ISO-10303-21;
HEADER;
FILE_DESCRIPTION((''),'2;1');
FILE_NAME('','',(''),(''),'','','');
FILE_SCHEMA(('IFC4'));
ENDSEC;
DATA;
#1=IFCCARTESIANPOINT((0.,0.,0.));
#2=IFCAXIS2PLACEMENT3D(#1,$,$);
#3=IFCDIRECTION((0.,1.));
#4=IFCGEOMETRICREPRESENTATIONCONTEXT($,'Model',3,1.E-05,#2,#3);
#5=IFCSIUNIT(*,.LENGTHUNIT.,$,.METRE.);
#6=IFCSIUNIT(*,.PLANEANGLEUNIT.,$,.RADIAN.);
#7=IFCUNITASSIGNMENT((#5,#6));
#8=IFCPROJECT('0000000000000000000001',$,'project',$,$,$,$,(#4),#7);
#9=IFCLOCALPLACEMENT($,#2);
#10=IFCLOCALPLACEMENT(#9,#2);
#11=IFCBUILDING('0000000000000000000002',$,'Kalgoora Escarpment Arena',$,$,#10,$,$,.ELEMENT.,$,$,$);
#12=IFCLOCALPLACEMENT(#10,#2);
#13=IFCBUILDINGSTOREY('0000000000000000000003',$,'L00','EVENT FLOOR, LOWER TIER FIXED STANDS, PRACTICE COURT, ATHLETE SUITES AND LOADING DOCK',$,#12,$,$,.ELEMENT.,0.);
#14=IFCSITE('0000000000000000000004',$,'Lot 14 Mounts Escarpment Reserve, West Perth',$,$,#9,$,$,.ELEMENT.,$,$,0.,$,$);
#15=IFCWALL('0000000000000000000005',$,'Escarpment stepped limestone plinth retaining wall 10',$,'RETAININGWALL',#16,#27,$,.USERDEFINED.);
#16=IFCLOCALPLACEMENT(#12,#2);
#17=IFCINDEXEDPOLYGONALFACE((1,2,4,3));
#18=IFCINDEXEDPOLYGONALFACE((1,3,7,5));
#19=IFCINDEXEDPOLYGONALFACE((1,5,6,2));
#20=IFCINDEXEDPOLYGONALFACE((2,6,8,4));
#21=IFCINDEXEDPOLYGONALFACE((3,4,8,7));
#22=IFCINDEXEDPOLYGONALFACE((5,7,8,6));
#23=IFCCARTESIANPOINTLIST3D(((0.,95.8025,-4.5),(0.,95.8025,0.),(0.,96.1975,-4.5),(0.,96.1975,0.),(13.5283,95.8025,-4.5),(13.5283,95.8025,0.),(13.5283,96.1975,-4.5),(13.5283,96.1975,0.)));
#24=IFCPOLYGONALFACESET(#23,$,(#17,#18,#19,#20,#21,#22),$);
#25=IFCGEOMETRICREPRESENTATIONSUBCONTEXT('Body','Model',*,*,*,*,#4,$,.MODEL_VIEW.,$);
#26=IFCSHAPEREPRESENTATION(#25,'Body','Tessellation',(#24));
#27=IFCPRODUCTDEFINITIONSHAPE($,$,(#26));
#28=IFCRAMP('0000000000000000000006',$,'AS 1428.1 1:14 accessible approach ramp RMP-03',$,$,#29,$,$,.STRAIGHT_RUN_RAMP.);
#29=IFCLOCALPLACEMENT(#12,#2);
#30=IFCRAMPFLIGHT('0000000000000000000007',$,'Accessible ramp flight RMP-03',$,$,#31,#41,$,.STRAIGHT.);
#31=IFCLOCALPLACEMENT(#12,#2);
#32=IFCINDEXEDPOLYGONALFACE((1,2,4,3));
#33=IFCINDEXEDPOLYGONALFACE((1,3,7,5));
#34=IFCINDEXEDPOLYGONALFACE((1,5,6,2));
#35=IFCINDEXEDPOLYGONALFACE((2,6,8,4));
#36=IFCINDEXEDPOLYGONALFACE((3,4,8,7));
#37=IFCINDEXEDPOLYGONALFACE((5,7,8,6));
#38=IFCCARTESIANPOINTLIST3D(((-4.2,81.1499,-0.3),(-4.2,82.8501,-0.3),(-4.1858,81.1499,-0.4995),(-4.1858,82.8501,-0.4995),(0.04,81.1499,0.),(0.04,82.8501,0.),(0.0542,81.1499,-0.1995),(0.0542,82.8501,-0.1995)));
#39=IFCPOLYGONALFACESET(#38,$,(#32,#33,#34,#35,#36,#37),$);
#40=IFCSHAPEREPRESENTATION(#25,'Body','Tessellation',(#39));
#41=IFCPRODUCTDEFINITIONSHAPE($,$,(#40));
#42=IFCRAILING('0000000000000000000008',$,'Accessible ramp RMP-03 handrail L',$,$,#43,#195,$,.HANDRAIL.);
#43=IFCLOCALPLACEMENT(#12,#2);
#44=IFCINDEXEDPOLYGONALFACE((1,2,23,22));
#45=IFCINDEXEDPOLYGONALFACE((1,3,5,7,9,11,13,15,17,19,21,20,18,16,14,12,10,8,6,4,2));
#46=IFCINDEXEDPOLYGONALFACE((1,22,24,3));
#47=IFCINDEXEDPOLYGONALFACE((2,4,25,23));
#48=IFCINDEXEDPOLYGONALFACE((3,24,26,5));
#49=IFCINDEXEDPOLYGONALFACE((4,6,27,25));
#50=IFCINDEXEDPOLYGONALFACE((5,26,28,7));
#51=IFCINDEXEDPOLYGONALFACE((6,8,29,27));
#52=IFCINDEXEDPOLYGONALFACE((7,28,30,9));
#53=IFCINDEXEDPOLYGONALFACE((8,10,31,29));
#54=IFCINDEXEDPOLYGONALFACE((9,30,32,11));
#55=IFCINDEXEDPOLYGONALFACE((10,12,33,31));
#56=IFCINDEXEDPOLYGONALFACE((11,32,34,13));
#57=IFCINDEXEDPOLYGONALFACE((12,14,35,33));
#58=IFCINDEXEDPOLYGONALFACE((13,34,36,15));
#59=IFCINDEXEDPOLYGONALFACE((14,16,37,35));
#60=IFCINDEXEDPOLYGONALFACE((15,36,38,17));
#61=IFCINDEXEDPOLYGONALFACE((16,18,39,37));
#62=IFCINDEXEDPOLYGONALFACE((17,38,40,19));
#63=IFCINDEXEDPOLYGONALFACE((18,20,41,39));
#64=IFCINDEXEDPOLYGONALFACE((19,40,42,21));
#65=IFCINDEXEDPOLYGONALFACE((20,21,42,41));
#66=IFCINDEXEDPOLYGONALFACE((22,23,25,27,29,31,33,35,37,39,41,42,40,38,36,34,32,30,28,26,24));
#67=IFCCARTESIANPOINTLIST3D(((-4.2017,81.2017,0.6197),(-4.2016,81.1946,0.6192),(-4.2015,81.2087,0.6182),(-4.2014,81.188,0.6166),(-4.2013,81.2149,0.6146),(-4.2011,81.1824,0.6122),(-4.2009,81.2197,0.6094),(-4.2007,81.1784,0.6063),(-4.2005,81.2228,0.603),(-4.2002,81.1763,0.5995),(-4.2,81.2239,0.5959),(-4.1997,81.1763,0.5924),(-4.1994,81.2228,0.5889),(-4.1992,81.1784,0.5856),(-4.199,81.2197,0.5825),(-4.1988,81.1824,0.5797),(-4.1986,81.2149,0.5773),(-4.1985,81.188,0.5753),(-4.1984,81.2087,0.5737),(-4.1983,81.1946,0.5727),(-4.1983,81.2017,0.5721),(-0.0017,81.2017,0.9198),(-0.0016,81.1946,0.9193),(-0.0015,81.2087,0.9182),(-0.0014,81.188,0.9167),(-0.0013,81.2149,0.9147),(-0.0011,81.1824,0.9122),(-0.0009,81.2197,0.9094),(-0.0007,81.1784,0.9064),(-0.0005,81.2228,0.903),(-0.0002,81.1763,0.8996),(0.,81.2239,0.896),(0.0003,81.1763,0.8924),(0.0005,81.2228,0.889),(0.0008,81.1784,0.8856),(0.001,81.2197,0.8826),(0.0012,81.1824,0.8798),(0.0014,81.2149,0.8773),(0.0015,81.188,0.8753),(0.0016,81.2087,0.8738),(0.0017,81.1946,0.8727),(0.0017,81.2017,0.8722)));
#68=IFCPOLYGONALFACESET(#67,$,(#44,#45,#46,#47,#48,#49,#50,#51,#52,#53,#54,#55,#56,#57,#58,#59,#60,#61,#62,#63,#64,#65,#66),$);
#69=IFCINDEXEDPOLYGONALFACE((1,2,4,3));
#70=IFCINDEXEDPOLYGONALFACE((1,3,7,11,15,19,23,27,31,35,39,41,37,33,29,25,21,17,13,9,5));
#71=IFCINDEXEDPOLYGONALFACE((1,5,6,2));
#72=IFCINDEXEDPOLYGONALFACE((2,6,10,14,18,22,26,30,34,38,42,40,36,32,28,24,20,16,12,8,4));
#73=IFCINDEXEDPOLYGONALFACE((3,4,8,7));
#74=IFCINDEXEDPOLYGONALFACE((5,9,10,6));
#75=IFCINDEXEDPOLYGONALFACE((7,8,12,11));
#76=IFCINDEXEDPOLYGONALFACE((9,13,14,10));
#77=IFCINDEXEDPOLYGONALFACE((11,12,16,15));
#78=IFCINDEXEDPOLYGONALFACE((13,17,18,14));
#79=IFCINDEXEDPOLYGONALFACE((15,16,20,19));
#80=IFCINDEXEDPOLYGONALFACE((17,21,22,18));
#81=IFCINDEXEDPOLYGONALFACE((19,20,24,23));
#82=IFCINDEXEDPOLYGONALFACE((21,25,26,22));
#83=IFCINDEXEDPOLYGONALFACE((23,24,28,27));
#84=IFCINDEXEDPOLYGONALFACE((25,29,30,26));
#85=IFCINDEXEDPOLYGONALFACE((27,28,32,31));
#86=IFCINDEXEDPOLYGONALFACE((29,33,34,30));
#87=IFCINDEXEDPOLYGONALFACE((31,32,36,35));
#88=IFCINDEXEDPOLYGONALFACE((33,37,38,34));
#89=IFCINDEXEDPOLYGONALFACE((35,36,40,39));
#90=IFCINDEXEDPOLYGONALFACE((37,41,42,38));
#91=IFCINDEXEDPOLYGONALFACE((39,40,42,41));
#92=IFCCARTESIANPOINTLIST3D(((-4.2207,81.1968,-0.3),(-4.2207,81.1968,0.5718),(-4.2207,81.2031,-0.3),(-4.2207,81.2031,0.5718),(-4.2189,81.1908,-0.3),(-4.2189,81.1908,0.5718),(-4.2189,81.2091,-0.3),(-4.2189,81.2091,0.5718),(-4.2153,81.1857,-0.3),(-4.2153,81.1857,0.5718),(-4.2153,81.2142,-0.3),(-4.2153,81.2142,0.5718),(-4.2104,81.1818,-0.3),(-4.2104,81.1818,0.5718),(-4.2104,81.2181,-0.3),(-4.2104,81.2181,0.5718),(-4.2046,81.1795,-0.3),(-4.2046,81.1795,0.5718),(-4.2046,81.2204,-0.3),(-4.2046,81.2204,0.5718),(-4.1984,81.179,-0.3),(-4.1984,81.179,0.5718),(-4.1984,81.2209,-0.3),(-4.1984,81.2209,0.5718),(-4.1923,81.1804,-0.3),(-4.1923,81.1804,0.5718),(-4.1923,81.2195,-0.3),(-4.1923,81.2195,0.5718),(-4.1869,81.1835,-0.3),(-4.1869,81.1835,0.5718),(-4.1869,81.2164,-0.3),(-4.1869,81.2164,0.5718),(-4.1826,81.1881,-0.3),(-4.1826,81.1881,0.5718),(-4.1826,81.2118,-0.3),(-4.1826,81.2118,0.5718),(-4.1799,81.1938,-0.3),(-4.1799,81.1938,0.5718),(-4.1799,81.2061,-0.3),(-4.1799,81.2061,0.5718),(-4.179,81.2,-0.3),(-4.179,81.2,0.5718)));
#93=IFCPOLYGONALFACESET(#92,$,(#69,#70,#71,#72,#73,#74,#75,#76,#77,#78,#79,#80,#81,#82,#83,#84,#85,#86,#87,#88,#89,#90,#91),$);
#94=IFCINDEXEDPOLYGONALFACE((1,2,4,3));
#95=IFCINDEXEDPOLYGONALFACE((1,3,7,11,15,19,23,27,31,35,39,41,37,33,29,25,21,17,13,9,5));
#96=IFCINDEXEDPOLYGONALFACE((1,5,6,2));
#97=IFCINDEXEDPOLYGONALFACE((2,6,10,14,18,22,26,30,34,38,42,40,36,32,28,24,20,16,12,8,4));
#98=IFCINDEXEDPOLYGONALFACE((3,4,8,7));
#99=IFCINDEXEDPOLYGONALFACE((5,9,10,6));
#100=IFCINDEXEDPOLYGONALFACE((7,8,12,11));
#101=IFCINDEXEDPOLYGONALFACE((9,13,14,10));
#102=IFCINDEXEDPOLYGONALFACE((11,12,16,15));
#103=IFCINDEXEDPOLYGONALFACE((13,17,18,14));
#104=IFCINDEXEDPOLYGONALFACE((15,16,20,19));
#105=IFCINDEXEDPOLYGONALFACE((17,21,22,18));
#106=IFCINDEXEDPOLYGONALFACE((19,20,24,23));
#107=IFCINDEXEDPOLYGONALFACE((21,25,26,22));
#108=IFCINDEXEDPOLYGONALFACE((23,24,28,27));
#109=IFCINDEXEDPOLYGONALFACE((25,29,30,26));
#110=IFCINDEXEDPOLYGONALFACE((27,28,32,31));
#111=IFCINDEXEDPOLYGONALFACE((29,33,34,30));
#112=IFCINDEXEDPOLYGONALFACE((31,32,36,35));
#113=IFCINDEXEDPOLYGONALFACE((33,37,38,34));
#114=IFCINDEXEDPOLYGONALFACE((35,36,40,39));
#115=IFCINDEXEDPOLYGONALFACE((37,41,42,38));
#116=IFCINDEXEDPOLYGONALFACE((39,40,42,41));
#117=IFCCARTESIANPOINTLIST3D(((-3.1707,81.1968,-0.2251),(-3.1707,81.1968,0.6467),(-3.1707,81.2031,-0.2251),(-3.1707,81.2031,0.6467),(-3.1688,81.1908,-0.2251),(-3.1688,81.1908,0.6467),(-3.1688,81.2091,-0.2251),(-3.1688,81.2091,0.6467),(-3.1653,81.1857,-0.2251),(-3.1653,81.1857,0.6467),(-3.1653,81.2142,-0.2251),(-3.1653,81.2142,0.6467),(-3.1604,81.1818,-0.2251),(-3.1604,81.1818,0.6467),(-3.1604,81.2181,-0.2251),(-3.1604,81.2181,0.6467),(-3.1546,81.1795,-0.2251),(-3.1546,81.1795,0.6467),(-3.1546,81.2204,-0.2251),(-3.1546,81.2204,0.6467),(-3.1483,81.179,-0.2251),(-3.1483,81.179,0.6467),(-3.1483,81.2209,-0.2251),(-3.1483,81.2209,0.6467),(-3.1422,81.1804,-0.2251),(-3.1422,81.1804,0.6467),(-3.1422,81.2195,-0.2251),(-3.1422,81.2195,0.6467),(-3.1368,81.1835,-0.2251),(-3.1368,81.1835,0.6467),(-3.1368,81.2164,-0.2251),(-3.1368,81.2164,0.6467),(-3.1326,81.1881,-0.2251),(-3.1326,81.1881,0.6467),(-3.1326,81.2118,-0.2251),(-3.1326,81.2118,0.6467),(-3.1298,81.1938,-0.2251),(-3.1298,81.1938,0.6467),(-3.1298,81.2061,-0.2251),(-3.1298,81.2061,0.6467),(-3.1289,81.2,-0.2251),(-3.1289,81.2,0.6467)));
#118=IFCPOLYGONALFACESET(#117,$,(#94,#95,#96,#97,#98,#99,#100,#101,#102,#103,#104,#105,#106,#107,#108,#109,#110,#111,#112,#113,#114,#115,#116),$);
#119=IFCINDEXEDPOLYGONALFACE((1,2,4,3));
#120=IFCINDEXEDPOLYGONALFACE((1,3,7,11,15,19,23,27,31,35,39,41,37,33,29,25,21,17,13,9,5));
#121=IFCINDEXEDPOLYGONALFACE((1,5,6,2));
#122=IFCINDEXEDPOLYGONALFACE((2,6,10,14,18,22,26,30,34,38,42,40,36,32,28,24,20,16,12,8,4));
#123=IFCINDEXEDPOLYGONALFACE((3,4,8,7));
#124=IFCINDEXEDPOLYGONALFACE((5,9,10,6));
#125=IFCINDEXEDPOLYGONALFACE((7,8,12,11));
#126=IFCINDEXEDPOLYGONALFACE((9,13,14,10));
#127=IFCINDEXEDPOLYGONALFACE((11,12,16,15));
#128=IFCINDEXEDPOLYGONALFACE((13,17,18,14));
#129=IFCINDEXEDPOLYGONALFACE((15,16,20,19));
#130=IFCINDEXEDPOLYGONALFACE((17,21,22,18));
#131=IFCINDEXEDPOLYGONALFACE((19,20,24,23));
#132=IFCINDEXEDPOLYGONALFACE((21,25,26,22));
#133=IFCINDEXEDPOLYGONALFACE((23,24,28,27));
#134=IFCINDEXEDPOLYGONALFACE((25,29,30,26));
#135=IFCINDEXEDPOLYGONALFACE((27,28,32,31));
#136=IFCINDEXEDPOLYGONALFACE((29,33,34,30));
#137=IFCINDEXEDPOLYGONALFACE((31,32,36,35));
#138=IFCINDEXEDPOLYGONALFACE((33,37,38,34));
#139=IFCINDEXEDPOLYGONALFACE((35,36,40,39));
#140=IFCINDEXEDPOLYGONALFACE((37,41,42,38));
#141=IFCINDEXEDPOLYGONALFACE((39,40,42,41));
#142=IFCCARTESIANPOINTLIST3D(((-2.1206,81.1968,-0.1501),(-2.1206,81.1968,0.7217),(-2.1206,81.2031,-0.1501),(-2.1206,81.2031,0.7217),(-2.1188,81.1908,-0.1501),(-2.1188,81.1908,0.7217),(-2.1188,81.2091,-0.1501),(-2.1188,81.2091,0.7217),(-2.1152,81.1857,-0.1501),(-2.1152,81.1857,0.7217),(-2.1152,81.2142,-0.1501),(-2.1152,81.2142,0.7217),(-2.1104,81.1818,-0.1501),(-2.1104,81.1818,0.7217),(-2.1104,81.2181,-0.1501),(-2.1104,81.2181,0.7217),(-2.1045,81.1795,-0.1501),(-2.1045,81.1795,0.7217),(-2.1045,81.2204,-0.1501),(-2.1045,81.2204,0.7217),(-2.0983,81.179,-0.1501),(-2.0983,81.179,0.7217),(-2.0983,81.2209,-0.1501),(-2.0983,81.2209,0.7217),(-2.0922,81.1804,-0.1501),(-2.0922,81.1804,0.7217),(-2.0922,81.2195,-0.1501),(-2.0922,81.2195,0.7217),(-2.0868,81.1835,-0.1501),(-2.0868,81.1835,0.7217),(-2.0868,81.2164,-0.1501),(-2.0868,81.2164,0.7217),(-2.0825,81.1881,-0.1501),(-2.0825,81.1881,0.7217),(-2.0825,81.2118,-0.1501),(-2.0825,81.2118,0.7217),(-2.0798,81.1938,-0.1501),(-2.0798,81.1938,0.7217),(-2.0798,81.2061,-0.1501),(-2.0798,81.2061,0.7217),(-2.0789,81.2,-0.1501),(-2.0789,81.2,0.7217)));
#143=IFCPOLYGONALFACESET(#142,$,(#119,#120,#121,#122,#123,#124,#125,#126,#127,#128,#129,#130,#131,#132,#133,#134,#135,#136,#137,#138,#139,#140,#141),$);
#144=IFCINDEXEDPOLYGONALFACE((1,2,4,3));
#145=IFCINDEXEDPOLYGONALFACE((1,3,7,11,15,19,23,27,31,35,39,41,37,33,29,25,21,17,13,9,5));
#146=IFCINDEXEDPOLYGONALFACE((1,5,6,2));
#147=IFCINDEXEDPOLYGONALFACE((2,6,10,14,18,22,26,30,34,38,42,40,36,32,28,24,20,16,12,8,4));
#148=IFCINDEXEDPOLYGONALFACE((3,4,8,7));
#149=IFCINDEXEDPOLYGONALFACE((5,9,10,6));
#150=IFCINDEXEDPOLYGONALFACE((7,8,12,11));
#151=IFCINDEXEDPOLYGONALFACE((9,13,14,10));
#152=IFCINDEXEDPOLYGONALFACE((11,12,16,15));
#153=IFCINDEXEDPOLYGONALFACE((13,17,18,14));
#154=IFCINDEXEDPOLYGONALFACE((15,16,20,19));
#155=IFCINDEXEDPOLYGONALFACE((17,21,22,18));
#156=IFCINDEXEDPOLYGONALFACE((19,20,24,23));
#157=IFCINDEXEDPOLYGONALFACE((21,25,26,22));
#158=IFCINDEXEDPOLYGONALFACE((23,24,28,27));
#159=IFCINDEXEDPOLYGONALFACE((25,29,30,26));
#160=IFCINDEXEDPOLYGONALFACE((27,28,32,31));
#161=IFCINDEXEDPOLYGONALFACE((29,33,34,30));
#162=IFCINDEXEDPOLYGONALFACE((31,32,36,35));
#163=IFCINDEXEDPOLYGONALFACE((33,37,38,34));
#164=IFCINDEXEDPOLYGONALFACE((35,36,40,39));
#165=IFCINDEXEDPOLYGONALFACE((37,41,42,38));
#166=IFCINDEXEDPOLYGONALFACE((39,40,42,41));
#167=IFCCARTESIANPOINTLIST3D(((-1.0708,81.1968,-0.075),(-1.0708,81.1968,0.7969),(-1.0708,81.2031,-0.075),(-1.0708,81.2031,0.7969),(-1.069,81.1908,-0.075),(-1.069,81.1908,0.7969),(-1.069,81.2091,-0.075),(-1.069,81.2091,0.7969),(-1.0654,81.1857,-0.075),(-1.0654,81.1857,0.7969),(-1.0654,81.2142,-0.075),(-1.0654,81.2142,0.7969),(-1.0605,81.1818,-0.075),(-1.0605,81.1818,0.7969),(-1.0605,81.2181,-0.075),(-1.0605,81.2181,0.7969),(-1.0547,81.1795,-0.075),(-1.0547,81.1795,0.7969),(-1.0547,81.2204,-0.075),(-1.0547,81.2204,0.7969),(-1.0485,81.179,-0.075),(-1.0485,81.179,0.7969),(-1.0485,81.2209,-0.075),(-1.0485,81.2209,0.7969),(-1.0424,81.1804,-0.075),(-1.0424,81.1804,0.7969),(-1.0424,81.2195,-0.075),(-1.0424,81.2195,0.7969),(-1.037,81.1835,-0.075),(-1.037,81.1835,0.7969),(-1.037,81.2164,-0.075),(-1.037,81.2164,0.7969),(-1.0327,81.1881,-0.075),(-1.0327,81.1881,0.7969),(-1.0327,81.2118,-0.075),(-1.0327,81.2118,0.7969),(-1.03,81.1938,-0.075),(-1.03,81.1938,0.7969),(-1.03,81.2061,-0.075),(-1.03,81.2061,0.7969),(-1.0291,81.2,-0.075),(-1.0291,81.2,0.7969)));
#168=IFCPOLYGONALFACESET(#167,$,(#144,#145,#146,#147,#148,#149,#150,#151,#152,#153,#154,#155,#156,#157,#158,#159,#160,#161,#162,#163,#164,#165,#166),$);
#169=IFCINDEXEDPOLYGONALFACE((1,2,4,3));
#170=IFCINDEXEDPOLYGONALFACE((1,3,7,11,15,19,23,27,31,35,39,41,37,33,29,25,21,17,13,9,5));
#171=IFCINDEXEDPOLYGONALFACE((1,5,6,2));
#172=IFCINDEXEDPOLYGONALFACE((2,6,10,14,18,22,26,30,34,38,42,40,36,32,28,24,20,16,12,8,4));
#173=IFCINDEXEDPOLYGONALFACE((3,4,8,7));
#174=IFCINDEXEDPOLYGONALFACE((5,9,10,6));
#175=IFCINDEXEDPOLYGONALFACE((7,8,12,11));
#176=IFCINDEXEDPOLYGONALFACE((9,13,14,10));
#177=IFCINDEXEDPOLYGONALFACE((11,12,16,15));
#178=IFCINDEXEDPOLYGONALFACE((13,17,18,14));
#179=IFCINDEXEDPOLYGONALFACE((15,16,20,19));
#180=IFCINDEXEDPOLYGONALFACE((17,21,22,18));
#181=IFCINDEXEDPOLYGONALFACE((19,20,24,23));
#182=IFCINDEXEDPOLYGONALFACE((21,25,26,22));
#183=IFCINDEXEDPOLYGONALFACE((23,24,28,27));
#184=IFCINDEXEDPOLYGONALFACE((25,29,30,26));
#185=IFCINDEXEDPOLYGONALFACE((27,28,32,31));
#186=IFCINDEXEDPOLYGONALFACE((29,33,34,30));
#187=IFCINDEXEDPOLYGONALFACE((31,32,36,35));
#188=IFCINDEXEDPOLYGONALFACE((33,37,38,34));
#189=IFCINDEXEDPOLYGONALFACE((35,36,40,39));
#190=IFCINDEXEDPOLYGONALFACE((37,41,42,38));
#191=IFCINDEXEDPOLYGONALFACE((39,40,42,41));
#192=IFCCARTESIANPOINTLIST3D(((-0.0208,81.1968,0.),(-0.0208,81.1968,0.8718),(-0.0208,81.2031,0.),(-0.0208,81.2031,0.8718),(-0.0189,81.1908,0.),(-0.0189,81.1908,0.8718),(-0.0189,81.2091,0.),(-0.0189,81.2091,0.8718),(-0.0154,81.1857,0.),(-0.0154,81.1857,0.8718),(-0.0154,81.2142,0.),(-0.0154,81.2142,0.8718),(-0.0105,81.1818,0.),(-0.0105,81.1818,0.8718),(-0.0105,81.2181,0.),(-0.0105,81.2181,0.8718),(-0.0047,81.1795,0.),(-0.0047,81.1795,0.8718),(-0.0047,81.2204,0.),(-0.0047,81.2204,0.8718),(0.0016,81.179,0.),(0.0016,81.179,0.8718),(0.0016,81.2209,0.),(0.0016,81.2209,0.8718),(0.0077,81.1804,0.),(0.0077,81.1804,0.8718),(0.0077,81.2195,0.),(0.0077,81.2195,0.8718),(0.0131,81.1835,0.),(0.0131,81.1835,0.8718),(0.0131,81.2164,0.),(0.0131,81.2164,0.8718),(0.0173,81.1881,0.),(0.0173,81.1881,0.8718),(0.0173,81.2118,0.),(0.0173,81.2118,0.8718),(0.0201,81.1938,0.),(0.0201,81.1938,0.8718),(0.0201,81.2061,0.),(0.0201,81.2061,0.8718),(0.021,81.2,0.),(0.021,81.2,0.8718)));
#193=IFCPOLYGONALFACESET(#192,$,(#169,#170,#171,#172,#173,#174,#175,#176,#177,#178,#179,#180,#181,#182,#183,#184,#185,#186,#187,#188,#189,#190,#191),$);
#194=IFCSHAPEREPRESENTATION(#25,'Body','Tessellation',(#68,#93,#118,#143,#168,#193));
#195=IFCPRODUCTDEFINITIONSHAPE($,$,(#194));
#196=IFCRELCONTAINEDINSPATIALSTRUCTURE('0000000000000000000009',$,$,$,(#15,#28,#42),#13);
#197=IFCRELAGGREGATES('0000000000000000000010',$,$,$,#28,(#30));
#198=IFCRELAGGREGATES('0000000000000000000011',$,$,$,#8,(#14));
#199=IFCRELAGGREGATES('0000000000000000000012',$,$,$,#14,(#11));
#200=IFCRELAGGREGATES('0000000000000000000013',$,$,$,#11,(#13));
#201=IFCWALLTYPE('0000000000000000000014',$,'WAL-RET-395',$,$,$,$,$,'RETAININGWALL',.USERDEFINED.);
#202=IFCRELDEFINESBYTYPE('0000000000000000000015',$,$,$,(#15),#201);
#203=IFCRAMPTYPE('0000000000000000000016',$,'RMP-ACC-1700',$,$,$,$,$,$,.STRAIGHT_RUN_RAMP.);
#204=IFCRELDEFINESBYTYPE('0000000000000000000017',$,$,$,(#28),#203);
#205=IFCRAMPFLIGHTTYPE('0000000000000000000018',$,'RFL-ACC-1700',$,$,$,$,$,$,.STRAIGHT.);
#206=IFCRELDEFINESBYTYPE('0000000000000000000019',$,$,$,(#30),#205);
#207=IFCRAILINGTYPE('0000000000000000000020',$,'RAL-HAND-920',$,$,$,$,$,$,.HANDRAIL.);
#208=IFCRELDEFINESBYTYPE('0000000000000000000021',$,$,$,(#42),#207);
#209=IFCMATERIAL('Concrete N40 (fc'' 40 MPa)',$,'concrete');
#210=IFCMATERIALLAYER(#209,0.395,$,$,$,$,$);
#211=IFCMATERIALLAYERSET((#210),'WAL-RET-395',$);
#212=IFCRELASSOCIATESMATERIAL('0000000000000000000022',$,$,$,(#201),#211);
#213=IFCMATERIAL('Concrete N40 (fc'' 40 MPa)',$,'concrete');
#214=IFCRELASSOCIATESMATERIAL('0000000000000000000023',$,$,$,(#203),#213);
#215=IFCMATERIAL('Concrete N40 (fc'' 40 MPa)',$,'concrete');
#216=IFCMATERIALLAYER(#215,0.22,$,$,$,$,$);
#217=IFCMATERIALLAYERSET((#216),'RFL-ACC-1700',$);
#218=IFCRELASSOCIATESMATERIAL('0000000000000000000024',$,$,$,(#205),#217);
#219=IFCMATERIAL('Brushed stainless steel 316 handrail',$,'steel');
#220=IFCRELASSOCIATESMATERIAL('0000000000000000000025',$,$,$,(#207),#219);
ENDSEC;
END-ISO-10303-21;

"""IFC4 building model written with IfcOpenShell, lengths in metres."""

from ifc_helpers import new_model, si_unit, direction, frame, frame_2d, origin, origin_2d, place, context, subcontext, project, spatial, polyline, rectangle, circle, outline, extrude, material, layer, layer_set, type_object, element, aggregate, save


model = new_model("IFC4")

# Units and contexts
model_context = context("Model", 3, precision=1e-05, world=origin(), true_north=direction((0.0, 1.0)))
body_context = subcontext(model_context, "Body", "Model", "MODEL_VIEW")
ifc_project = project(units=[si_unit("LENGTHUNIT", "METRE"), si_unit("PLANEANGLEUNIT", "RADIAN")], contexts=[model_context])

# Site, building, storey
site_placement = place(None, origin())
site = spatial("IfcSite", under=ifc_project, at=site_placement, Name="Lot 14 Mounts Escarpment Reserve, West Perth", CompositionType="ELEMENT", RefElevation=0.0)
building_placement = place(site_placement, origin())
building = spatial("IfcBuilding", under=site, at=building_placement, Name="Kalgoora Escarpment Arena", CompositionType="ELEMENT")
storey_placement = place(building_placement, origin())
storey = spatial("IfcBuildingStorey", under=building, at=storey_placement, Name="L00", Description="EVENT FLOOR, LOWER TIER FIXED STANDS, PRACTICE COURT, ATHLETE SUITES AND LOADING DOCK", CompositionType="ELEMENT", Elevation=0.0)

# Wall
ifc_material_1 = material(Name="Concrete N40 (fc' 40 MPa)", Category="concrete")
ifc_layer_1 = layer(ifc_material_1, 0.395)
ifc_layer_set_1 = layer_set([ifc_layer_1], Name="WAL-RET-395")
wall_type_1 = type_object("IfcWallType", Name="WAL-RET-395", ElementType="RETAININGWALL", PredefinedType="USERDEFINED", material=ifc_layer_set_1)
wall_1_placement = place(storey_placement, frame((0.0, 96.0, -4.5), z_axis=(0.0, 0.0, 1.0), x_axis=(1.0, 0.0, 0.0)))
element("IfcWall", 1, at=wall_1_placement, inside=storey, type_object=wall_type_1, Name="Escarpment stepped limestone plinth retaining wall 10", ObjectType="RETAININGWALL", PredefinedType="USERDEFINED", context=body_context, shape_type="SweptSolid", body=[
    extrude(rectangle(XDim=13.5283, YDim=0.395, at=frame_2d((6.7642, 0.0))), origin(), (0.0, 0.0, 1.0), 4.5),
])

# Ramp, ramp flight
ifc_material_2 = material(Name="Concrete N40 (fc' 40 MPa)", Category="concrete")
ramp_type = type_object("IfcRampType", Name="RMP-ACC-1700", PredefinedType="STRAIGHT_RUN_RAMP", material=ifc_material_2)
ramp_placement = place(storey_placement, origin())
ramp = element("IfcRamp", 2, at=ramp_placement, inside=storey, type_object=ramp_type, Name="AS 1428.1 1:14 accessible approach ramp RMP-03", PredefinedType="STRAIGHT_RUN_RAMP")
ifc_material_3 = material(Name="Concrete N40 (fc' 40 MPa)", Category="concrete")
ifc_layer_2 = layer(ifc_material_3, 0.22)
ifc_layer_set_2 = layer_set([ifc_layer_2], Name="RFL-ACC-1700")
ramp_flight_type = type_object("IfcRampFlightType", Name="RFL-ACC-1700", PredefinedType="STRAIGHT", material=ifc_layer_set_2)
ramp_flight_placement = place(storey_placement, frame((-4.2, 81.1499, -0.3), z_axis=(-0.07059, 0.0, 0.997505), x_axis=(0.997505, 0.0, 0.07059)))
ramp_flight = element("IfcRampFlight", 3, at=ramp_flight_placement, type_object=ramp_flight_type, Name="Accessible ramp flight RMP-03", PredefinedType="STRAIGHT", context=body_context, shape_type="SweptSolid", body=[
    extrude(outline(polyline([(0.0, 0.0), (4.2506, 0.0), (4.2506, 1.7002), (0.0, 1.7002), (0.0, 0.0)])), origin(), (0.0, 0.0, -1.0), 0.2),
])
aggregate(ramp, [ramp_flight])

# Railing
ifc_material_4 = material(Name="Brushed stainless steel 316 handrail", Category="steel")
railing_type = type_object("IfcRailingType", Name="RAL-HAND-920", PredefinedType="HANDRAIL", material=ifc_material_4)
for number, where, name in (
    (4, (-4.2, 81.2, -0.3), "Accessible ramp RMP-03 handrail L"),
):
    element("IfcRailing", number, at=place(storey_placement, frame(where)), inside=storey, type_object=railing_type, Name=name, PredefinedType="HANDRAIL", context=body_context, shape_type="SweptSolid", body=[
        extrude(circle(Radius=0.0239, at=origin_2d()), frame((0.0, 0.0, 0.896), z_axis=(0.997458, 0.0, 0.071259), x_axis=(0.0, 1.0, 0.0)), (0.0, 0.0, 1.0), 4.2107),
        extrude(circle(Radius=0.021, at=origin_2d()), origin(), (0.0, 0.0, 1.0), 0.8718),
        extrude(circle(Radius=0.021, at=origin_2d()), frame((1.05, 0.0, 0.075)), (0.0, 0.0, 1.0), 0.8718),
        extrude(circle(Radius=0.021, at=origin_2d()), frame((2.1001, 0.0, 0.1499)), (0.0, 0.0, 1.0), 0.8718),
        extrude(circle(Radius=0.021, at=origin_2d()), frame((3.1499, 0.0, 0.2251)), (0.0, 0.0, 1.0), 0.8718),
        extrude(circle(Radius=0.021, at=origin_2d()), frame((4.2, 0.0, 0.3)), (0.0, 0.0, 1.0), 0.8718),
    ])

save(model, "model.ifc")
